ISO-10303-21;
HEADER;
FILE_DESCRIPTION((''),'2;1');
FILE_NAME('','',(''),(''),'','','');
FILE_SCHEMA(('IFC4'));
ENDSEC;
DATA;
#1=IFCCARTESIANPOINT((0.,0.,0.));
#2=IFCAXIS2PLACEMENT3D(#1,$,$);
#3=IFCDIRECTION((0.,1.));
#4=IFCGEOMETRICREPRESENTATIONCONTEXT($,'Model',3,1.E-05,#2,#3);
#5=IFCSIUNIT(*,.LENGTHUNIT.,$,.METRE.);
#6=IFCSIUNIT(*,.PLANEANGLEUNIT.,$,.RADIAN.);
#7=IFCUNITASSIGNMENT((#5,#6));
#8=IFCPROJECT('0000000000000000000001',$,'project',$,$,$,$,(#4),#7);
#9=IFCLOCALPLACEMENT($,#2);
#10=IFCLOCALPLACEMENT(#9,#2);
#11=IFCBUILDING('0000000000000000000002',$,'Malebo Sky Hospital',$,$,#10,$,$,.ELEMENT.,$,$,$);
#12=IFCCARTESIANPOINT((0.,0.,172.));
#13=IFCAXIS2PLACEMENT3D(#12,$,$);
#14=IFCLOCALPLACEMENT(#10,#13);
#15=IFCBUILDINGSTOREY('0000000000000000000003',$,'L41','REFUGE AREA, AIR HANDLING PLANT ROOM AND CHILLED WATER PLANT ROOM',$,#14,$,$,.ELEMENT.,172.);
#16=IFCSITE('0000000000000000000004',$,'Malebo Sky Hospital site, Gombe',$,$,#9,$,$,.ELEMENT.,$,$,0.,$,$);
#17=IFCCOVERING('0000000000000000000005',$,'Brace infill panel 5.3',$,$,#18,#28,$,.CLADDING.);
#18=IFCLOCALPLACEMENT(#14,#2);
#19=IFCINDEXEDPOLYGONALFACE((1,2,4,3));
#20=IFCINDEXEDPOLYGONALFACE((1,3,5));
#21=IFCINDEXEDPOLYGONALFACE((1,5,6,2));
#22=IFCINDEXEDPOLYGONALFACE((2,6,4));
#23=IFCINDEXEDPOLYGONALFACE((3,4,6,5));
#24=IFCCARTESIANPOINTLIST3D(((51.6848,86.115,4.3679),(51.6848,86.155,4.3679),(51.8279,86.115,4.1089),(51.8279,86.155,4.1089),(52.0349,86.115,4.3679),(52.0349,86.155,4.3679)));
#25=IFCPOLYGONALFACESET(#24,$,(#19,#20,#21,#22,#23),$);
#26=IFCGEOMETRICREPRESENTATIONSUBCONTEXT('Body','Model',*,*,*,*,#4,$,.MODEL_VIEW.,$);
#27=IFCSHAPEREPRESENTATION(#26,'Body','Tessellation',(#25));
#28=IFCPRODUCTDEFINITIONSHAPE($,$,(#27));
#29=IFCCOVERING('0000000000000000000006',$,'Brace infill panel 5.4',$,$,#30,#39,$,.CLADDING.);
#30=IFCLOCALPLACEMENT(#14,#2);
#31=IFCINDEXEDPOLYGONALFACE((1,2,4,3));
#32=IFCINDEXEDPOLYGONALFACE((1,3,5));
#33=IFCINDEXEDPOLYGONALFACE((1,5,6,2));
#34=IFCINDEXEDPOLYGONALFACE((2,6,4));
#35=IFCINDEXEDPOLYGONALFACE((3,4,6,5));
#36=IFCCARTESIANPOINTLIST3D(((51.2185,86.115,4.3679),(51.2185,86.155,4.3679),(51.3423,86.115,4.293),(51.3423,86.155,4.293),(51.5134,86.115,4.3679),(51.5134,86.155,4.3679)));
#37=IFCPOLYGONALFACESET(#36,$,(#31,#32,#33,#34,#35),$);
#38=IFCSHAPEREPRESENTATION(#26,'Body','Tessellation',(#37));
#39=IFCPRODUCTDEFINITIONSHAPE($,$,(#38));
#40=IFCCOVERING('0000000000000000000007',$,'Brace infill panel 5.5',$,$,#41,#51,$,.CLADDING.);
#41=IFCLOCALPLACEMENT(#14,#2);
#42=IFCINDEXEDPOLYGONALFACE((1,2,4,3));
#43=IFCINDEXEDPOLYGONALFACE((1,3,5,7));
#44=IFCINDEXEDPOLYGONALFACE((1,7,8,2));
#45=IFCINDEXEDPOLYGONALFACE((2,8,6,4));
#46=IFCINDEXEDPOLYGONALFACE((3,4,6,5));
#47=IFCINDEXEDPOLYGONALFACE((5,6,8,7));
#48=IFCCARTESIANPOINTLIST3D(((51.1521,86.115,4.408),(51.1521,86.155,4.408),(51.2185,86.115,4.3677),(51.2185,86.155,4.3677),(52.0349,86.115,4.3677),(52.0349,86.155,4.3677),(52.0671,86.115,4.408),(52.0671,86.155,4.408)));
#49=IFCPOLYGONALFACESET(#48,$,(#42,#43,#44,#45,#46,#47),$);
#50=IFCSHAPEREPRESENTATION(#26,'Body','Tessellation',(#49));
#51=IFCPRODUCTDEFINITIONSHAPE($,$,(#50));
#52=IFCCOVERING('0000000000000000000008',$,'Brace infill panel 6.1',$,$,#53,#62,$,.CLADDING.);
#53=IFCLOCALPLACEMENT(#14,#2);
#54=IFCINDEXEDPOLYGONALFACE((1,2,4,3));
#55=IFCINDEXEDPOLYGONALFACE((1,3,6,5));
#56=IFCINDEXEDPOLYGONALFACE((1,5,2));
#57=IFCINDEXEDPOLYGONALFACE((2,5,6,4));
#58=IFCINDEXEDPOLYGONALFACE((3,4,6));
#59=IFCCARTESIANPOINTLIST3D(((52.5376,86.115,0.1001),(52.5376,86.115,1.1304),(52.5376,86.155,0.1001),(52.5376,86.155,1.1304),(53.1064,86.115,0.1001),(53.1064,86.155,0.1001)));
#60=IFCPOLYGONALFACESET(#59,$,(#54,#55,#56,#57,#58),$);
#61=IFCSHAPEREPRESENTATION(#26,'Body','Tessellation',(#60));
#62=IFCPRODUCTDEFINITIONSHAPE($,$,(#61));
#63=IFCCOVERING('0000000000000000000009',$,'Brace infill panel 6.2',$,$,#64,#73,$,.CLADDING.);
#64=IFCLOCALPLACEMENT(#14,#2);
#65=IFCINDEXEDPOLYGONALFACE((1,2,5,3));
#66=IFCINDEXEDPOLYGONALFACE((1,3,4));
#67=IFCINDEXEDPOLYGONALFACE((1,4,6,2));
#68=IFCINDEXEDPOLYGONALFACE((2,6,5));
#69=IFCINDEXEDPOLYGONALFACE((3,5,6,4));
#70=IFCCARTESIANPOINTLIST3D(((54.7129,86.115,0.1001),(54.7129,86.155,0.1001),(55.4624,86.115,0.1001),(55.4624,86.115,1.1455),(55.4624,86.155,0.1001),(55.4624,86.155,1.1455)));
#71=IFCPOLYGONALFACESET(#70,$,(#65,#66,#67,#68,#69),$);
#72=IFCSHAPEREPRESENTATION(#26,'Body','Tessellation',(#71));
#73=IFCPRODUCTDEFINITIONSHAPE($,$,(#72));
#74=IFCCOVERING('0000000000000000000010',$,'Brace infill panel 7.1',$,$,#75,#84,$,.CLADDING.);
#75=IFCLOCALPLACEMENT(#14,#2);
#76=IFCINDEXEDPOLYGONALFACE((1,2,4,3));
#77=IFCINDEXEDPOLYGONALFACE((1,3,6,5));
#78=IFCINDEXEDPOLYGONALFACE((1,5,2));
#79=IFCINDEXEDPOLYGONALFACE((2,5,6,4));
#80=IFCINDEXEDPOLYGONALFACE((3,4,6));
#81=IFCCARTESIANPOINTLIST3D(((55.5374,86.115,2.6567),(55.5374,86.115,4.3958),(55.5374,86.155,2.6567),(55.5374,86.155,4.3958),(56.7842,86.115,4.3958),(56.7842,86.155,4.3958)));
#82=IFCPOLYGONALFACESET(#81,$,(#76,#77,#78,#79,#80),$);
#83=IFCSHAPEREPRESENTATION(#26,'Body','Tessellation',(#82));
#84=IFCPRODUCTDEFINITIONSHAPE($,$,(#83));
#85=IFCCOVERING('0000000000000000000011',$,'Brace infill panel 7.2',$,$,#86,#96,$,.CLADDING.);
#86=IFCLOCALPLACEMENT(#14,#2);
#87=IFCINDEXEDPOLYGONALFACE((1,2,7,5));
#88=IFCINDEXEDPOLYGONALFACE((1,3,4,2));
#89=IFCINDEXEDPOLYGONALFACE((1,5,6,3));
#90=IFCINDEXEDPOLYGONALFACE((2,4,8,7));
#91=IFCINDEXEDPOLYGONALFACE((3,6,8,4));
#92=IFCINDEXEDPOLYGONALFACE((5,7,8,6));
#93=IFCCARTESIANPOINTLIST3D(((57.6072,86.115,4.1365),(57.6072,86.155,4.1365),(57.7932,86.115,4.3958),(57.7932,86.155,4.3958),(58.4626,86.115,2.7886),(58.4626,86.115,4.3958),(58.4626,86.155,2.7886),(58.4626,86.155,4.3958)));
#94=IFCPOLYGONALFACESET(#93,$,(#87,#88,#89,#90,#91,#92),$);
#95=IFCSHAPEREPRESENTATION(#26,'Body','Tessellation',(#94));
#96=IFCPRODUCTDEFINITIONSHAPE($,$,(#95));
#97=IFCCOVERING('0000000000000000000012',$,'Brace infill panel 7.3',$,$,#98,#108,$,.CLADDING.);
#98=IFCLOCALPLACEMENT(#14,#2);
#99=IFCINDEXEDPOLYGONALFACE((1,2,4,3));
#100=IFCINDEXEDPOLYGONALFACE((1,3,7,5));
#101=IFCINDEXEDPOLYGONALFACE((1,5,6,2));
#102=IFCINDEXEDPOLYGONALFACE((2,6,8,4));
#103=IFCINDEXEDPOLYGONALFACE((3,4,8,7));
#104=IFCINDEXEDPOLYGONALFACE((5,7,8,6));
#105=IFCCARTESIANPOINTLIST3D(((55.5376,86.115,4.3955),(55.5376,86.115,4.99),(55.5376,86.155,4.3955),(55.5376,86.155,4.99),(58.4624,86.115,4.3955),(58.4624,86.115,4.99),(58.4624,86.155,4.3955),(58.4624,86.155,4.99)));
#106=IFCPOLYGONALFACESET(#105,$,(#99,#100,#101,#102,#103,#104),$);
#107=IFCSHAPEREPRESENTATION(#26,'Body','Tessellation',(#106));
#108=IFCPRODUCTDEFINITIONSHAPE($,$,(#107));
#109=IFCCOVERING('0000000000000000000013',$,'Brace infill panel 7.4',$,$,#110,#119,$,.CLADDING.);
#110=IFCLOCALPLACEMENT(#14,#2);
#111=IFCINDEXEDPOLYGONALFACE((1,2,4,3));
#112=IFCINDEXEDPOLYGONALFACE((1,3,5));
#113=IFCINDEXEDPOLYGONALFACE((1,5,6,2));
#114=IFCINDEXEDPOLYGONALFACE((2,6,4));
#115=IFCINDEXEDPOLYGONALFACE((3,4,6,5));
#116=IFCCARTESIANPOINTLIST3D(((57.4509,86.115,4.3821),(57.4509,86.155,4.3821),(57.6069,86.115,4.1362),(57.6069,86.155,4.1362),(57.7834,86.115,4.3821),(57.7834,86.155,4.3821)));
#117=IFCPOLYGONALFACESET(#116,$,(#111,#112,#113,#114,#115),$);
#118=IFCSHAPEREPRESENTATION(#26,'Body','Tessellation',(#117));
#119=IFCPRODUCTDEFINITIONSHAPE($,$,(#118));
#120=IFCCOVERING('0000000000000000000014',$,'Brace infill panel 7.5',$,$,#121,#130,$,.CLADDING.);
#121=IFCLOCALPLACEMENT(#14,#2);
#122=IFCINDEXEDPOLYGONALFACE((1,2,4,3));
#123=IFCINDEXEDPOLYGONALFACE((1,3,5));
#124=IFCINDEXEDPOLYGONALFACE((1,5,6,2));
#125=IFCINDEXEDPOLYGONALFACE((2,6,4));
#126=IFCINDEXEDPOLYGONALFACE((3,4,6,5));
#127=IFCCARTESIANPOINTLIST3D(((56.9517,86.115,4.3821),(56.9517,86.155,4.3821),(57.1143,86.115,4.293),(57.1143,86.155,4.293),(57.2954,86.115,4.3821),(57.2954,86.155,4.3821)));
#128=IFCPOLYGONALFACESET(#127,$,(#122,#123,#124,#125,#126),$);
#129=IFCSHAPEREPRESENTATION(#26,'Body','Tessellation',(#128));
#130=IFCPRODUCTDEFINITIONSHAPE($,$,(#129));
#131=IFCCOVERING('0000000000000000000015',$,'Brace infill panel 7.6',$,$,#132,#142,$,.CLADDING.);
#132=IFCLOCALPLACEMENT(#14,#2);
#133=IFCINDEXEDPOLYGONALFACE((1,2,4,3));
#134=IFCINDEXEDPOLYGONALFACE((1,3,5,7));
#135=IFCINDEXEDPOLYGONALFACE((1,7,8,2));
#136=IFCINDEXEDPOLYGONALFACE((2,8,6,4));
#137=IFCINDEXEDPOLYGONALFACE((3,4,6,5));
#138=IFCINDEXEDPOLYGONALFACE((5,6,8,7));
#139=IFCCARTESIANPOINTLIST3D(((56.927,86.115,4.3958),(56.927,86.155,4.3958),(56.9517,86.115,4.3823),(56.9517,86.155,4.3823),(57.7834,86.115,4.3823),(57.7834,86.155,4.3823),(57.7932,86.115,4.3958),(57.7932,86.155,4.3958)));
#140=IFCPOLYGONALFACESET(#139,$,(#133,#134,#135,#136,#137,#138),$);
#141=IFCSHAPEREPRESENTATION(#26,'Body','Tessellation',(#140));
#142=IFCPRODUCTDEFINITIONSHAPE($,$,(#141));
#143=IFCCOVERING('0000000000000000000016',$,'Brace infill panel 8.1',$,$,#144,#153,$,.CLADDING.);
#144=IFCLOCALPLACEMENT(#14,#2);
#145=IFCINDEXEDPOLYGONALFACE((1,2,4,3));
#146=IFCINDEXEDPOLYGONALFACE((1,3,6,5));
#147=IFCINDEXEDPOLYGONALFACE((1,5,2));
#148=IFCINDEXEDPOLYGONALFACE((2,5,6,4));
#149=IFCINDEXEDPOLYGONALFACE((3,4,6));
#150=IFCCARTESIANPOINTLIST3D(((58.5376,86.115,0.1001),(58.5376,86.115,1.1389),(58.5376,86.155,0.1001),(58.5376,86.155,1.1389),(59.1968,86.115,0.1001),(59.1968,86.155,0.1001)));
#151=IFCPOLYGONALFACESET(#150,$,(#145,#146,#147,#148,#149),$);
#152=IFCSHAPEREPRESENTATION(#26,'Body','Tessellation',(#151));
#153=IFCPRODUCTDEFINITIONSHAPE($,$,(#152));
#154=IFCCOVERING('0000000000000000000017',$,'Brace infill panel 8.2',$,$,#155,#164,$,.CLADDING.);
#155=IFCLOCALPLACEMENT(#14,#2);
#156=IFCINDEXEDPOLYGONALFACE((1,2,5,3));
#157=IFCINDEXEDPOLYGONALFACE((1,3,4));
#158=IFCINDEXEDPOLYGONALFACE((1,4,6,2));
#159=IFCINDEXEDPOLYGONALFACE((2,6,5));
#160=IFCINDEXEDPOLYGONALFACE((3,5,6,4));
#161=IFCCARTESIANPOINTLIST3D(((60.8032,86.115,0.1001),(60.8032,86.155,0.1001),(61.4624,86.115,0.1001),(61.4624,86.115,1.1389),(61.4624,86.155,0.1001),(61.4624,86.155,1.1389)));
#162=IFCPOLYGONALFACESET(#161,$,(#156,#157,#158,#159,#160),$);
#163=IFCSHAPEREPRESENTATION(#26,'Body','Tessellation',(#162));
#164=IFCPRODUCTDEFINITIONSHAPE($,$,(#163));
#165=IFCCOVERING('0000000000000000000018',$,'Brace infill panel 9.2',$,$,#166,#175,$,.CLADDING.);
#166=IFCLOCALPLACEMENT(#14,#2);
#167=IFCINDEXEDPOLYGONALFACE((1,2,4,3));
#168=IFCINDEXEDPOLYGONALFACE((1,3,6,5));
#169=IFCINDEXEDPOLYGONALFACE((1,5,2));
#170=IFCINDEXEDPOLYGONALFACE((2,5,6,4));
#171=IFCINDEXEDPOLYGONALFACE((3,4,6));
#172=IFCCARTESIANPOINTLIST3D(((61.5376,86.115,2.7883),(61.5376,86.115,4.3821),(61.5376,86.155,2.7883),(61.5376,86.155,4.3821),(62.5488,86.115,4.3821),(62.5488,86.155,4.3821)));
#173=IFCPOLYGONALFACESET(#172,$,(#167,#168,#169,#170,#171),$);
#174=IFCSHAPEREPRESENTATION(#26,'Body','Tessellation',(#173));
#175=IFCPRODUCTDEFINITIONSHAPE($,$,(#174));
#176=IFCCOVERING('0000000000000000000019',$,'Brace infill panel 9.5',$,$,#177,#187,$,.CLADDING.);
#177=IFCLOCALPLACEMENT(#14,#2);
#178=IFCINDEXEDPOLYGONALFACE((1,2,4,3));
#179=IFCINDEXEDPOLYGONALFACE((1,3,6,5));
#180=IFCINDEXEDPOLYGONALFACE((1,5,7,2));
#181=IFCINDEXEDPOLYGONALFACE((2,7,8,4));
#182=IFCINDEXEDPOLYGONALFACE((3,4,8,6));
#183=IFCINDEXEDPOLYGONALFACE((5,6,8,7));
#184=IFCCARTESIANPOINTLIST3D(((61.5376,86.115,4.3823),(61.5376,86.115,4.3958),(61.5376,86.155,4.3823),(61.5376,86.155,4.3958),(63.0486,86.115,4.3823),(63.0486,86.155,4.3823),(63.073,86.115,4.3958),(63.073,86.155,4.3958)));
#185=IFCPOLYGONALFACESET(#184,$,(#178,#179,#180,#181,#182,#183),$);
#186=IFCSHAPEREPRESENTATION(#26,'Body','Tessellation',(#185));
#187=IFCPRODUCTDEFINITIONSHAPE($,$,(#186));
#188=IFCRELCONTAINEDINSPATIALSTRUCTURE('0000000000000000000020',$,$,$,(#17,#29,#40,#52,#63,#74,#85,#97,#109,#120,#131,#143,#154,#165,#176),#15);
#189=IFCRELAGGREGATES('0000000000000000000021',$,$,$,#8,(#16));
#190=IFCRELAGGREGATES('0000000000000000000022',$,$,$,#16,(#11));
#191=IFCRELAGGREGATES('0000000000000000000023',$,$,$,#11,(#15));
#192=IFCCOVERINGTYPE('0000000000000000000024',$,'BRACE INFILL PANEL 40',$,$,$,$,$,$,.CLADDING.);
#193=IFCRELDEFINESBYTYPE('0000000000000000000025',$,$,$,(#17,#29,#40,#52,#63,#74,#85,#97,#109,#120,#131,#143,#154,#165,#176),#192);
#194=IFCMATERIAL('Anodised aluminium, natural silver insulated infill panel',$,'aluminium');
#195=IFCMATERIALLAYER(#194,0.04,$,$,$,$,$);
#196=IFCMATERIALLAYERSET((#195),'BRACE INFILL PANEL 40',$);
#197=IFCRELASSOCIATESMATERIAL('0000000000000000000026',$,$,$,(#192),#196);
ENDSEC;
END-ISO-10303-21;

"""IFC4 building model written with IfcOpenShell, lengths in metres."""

from ifc_helpers import new_model, si_unit, direction, frame, origin, place, context, subcontext, project, spatial, polyline, outline, extrude, material, layer, layer_set, type_object, element, save


model = new_model("IFC4")

# Units and contexts
model_context = context("Model", 3, precision=1e-05, world=origin(), true_north=direction((0.0, 1.0)))
body_context = subcontext(model_context, "Body", "Model", "MODEL_VIEW")
ifc_project = project(units=[si_unit("LENGTHUNIT", "METRE"), si_unit("PLANEANGLEUNIT", "RADIAN")], contexts=[model_context])

# Site, building, storey
site_placement = place(None, origin())
site = spatial("IfcSite", under=ifc_project, at=site_placement, Name="Malebo Sky Hospital site, Gombe", CompositionType="ELEMENT", RefElevation=0.0)
building_placement = place(site_placement, origin())
building = spatial("IfcBuilding", under=site, at=building_placement, Name="Malebo Sky Hospital", CompositionType="ELEMENT")
storey_placement = place(building_placement, frame((0.0, 0.0, 172.0)))
storey = spatial("IfcBuildingStorey", under=building, at=storey_placement, Name="L41", Description="REFUGE AREA, AIR HANDLING PLANT ROOM AND CHILLED WATER PLANT ROOM", CompositionType="ELEMENT", Elevation=172.0)

# Coverings
ifc_material_1 = material(Name="Anodised aluminium, natural silver insulated infill panel", Category="aluminium")
ifc_layer_1 = layer(ifc_material_1, 0.04)
ifc_layer_set_1 = layer_set([ifc_layer_1], Name="BRACE INFILL PANEL 40")
covering_type = type_object("IfcCoveringType", Name="BRACE INFILL PANEL 40", PredefinedType="CLADDING", material=ifc_layer_set_1)
covering_1_placement = place(storey_placement, frame((51.8599, 86.135, 4.1089), z_axis=(0.0, 0.0, 1.0), x_axis=(1.0, 0.0, 0.0)))
element("IfcCovering", 1, at=covering_1_placement, inside=storey, type_object=covering_type, Name="Brace infill panel 5.3", PredefinedType="CLADDING", context=body_context, shape_type="SweptSolid", body=[
    extrude(outline(polyline([(-0.032, 0.0), (0.175, 0.259), (-0.175, 0.259), (-0.032, 0.0)])), frame((0.0, 0.02, 0.0), z_axis=(0.0, -1.0, 0.0), x_axis=(1.0, 0.0, 0.0)), (0.0, 0.0, 1.0), 0.04),
])
covering_2_placement = place(storey_placement, frame((51.366, 86.135, 4.293), z_axis=(0.0, 0.0, 1.0), x_axis=(1.0, 0.0, 0.0)))
element("IfcCovering", 2, at=covering_2_placement, inside=storey, type_object=covering_type, Name="Brace infill panel 5.4", PredefinedType="CLADDING", context=body_context, shape_type="SweptSolid", body=[
    extrude(outline(polyline([(-0.0237, 0.0), (0.1475, 0.075), (-0.1475, 0.075), (-0.0237, 0.0)])), frame((0.0, 0.02, 0.0), z_axis=(0.0, -1.0, 0.0), x_axis=(1.0, 0.0, 0.0)), (0.0, 0.0, 1.0), 0.04),
])
covering_3_placement = place(storey_placement, frame((51.6096, 86.135, 4.3677), z_axis=(0.0, 0.0, 1.0), x_axis=(1.0, 0.0, 0.0)))
element("IfcCovering", 3, at=covering_3_placement, inside=storey, type_object=covering_type, Name="Brace infill panel 5.5", PredefinedType="CLADDING", context=body_context, shape_type="SweptSolid", body=[
    extrude(outline(polyline([(-0.3911, 0.0), (0.4253, 0.0), (0.4575, 0.0403), (-0.4575, 0.0403), (-0.3911, 0.0)])), frame((0.0, 0.02, 0.0), z_axis=(0.0, -1.0, 0.0), x_axis=(1.0, 0.0, 0.0)), (0.0, 0.0, 1.0), 0.04),
])
covering_4_placement = place(storey_placement, frame((52.822, 86.135, 0.1001), z_axis=(0.0, 0.0, 1.0), x_axis=(1.0, 0.0, 0.0)))
element("IfcCovering", 4, at=covering_4_placement, inside=storey, type_object=covering_type, Name="Brace infill panel 6.1", PredefinedType="CLADDING", context=body_context, shape_type="SweptSolid", body=[
    extrude(outline(polyline([(-0.2844, 0.0), (0.2844, 0.0), (-0.2844, 1.0303), (-0.2844, 0.0)])), frame((0.0, 0.02, 0.0), z_axis=(0.0, -1.0, 0.0), x_axis=(1.0, 0.0, 0.0)), (0.0, 0.0, 1.0), 0.04),
])
covering_5_placement = place(storey_placement, frame((55.0876, 86.135, 0.1001), z_axis=(0.0, 0.0, 1.0), x_axis=(1.0, 0.0, 0.0)))
element("IfcCovering", 5, at=covering_5_placement, inside=storey, type_object=covering_type, Name="Brace infill panel 6.2", PredefinedType="CLADDING", context=body_context, shape_type="SweptSolid", body=[
    extrude(outline(polyline([(-0.3748, 0.0), (0.3748, 0.0), (0.3748, 1.0454), (-0.3748, 0.0)])), frame((0.0, 0.02, 0.0), z_axis=(0.0, -1.0, 0.0), x_axis=(1.0, 0.0, 0.0)), (0.0, 0.0, 1.0), 0.04),
])
covering_6_placement = place(storey_placement, frame((56.1609, 86.135, 2.6567), z_axis=(0.0, 0.0, 1.0), x_axis=(1.0, 0.0, 0.0)))
element("IfcCovering", 6, at=covering_6_placement, inside=storey, type_object=covering_type, Name="Brace infill panel 7.1", PredefinedType="CLADDING", context=body_context, shape_type="SweptSolid", body=[
    extrude(outline(polyline([(-0.6235, 0.0), (0.6233, 1.739), (-0.6235, 1.739), (-0.6235, 0.0)])), frame((0.0, 0.02, 0.0), z_axis=(0.0, -1.0, 0.0), x_axis=(1.0, 0.0, 0.0)), (0.0, 0.0, 1.0), 0.04),
])
covering_7_placement = place(storey_placement, frame((58.0349, 86.135, 2.7886), z_axis=(0.0, 0.0, 1.0), x_axis=(1.0, 0.0, 0.0)))
element("IfcCovering", 7, at=covering_7_placement, inside=storey, type_object=covering_type, Name="Brace infill panel 7.2", PredefinedType="CLADDING", context=body_context, shape_type="SweptSolid", body=[
    extrude(outline(polyline([(0.4277, 0.0), (0.4277, 1.6072), (-0.2417, 1.6072), (-0.4277, 1.3479), (0.4277, 0.0)])), frame((0.0, 0.02, 0.0), z_axis=(0.0, -1.0, 0.0), x_axis=(1.0, 0.0, 0.0)), (0.0, 0.0, 1.0), 0.04),
])
covering_8_placement = place(storey_placement, frame((57.0, 86.135, 4.3955), z_axis=(0.0, 0.0, 1.0), x_axis=(1.0, 0.0, 0.0)))
element("IfcCovering", 8, at=covering_8_placement, inside=storey, type_object=covering_type, Name="Brace infill panel 7.3", PredefinedType="CLADDING", context=body_context, shape_type="SweptSolid", body=[
    extrude(outline(polyline([(-1.4624, 0.0), (1.4624, 0.0), (1.4624, 0.5945), (-1.4624, 0.5945), (-1.4624, 0.0)])), frame((0.0, 0.02, 0.0), z_axis=(0.0, -1.0, 0.0), x_axis=(1.0, 0.0, 0.0)), (0.0, 0.0, 1.0), 0.04),
])
covering_9_placement = place(storey_placement, frame((57.6172, 86.135, 4.1362), z_axis=(0.0, 0.0, 1.0), x_axis=(1.0, 0.0, 0.0)))
element("IfcCovering", 9, at=covering_9_placement, inside=storey, type_object=covering_type, Name="Brace infill panel 7.4", PredefinedType="CLADDING", context=body_context, shape_type="SweptSolid", body=[
    extrude(outline(polyline([(-0.0103, 0.0), (0.1663, 0.2458), (-0.1663, 0.2458), (-0.0103, 0.0)])), frame((0.0, 0.02, 0.0), z_axis=(0.0, -1.0, 0.0), x_axis=(1.0, 0.0, 0.0)), (0.0, 0.0, 1.0), 0.04),
])
covering_10_placement = place(storey_placement, frame((57.1235, 86.135, 4.293), z_axis=(0.0, 0.0, 1.0), x_axis=(1.0, 0.0, 0.0)))
element("IfcCovering", 10, at=covering_10_placement, inside=storey, type_object=covering_type, Name="Brace infill panel 7.5", PredefinedType="CLADDING", context=body_context, shape_type="SweptSolid", body=[
    extrude(outline(polyline([(-0.0093, 0.0), (0.1719, 0.0891), (-0.1719, 0.0891), (-0.0093, 0.0)])), frame((0.0, 0.02, 0.0), z_axis=(0.0, -1.0, 0.0), x_axis=(1.0, 0.0, 0.0)), (0.0, 0.0, 1.0), 0.04),
])
covering_11_placement = place(storey_placement, frame((57.3601, 86.135, 4.3823), z_axis=(0.0, 0.0, 1.0), x_axis=(1.0, 0.0, 0.0)))
element("IfcCovering", 11, at=covering_11_placement, inside=storey, type_object=covering_type, Name="Brace infill panel 7.6", PredefinedType="CLADDING", context=body_context, shape_type="SweptSolid", body=[
    extrude(outline(polyline([(-0.4084, 0.0), (0.4233, 0.0), (0.4331, 0.0134), (-0.4331, 0.0134), (-0.4084, 0.0)])), frame((0.0, 0.02, 0.0), z_axis=(0.0, -1.0, 0.0), x_axis=(1.0, 0.0, 0.0)), (0.0, 0.0, 1.0), 0.04),
])
covering_12_placement = place(storey_placement, frame((58.8672, 86.135, 0.1001), z_axis=(0.0, 0.0, 1.0), x_axis=(1.0, 0.0, 0.0)))
element("IfcCovering", 12, at=covering_12_placement, inside=storey, type_object=covering_type, Name="Brace infill panel 8.1", PredefinedType="CLADDING", context=body_context, shape_type="SweptSolid", body=[
    extrude(outline(polyline([(-0.3296, 0.0), (0.3296, 0.0), (-0.3296, 1.0388), (-0.3296, 0.0)])), frame((0.0, 0.02, 0.0), z_axis=(0.0, -1.0, 0.0), x_axis=(1.0, 0.0, 0.0)), (0.0, 0.0, 1.0), 0.04),
])
covering_13_placement = place(storey_placement, frame((61.1328, 86.135, 0.1001), z_axis=(0.0, 0.0, 1.0), x_axis=(1.0, 0.0, 0.0)))
element("IfcCovering", 13, at=covering_13_placement, inside=storey, type_object=covering_type, Name="Brace infill panel 8.2", PredefinedType="CLADDING", context=body_context, shape_type="SweptSolid", body=[
    extrude(outline(polyline([(-0.3296, 0.0), (0.3296, 0.0), (0.3296, 1.0388), (-0.3296, 0.0)])), frame((0.0, 0.02, 0.0), z_axis=(0.0, -1.0, 0.0), x_axis=(1.0, 0.0, 0.0)), (0.0, 0.0, 1.0), 0.04),
])
covering_14_placement = place(storey_placement, frame((62.0432, 86.135, 2.7883), z_axis=(0.0, 0.0, 1.0), x_axis=(1.0, 0.0, 0.0)))
element("IfcCovering", 14, at=covering_14_placement, inside=storey, type_object=covering_type, Name="Brace infill panel 9.2", PredefinedType="CLADDING", context=body_context, shape_type="SweptSolid", body=[
    extrude(outline(polyline([(-0.5056, 0.0), (0.5056, 1.5938), (-0.5056, 1.5938), (-0.5056, 0.0)])), frame((0.0, 0.02, 0.0), z_axis=(0.0, -1.0, 0.0), x_axis=(1.0, 0.0, 0.0)), (0.0, 0.0, 1.0), 0.04),
])
covering_15_placement = place(storey_placement, frame((62.3054, 86.135, 4.3823), z_axis=(0.0, 0.0, 1.0), x_axis=(1.0, 0.0, 0.0)))
element("IfcCovering", 15, at=covering_15_placement, inside=storey, type_object=covering_type, Name="Brace infill panel 9.5", PredefinedType="CLADDING", context=body_context, shape_type="SweptSolid", body=[
    extrude(outline(polyline([(-0.7678, 0.0), (0.7432, 0.0), (0.7676, 0.0134), (-0.7678, 0.0134), (-0.7678, 0.0)])), frame((0.0, 0.02, 0.0), z_axis=(0.0, -1.0, 0.0), x_axis=(1.0, 0.0, 0.0)), (0.0, 0.0, 1.0), 0.04),
])

save(model, "model.ifc")
